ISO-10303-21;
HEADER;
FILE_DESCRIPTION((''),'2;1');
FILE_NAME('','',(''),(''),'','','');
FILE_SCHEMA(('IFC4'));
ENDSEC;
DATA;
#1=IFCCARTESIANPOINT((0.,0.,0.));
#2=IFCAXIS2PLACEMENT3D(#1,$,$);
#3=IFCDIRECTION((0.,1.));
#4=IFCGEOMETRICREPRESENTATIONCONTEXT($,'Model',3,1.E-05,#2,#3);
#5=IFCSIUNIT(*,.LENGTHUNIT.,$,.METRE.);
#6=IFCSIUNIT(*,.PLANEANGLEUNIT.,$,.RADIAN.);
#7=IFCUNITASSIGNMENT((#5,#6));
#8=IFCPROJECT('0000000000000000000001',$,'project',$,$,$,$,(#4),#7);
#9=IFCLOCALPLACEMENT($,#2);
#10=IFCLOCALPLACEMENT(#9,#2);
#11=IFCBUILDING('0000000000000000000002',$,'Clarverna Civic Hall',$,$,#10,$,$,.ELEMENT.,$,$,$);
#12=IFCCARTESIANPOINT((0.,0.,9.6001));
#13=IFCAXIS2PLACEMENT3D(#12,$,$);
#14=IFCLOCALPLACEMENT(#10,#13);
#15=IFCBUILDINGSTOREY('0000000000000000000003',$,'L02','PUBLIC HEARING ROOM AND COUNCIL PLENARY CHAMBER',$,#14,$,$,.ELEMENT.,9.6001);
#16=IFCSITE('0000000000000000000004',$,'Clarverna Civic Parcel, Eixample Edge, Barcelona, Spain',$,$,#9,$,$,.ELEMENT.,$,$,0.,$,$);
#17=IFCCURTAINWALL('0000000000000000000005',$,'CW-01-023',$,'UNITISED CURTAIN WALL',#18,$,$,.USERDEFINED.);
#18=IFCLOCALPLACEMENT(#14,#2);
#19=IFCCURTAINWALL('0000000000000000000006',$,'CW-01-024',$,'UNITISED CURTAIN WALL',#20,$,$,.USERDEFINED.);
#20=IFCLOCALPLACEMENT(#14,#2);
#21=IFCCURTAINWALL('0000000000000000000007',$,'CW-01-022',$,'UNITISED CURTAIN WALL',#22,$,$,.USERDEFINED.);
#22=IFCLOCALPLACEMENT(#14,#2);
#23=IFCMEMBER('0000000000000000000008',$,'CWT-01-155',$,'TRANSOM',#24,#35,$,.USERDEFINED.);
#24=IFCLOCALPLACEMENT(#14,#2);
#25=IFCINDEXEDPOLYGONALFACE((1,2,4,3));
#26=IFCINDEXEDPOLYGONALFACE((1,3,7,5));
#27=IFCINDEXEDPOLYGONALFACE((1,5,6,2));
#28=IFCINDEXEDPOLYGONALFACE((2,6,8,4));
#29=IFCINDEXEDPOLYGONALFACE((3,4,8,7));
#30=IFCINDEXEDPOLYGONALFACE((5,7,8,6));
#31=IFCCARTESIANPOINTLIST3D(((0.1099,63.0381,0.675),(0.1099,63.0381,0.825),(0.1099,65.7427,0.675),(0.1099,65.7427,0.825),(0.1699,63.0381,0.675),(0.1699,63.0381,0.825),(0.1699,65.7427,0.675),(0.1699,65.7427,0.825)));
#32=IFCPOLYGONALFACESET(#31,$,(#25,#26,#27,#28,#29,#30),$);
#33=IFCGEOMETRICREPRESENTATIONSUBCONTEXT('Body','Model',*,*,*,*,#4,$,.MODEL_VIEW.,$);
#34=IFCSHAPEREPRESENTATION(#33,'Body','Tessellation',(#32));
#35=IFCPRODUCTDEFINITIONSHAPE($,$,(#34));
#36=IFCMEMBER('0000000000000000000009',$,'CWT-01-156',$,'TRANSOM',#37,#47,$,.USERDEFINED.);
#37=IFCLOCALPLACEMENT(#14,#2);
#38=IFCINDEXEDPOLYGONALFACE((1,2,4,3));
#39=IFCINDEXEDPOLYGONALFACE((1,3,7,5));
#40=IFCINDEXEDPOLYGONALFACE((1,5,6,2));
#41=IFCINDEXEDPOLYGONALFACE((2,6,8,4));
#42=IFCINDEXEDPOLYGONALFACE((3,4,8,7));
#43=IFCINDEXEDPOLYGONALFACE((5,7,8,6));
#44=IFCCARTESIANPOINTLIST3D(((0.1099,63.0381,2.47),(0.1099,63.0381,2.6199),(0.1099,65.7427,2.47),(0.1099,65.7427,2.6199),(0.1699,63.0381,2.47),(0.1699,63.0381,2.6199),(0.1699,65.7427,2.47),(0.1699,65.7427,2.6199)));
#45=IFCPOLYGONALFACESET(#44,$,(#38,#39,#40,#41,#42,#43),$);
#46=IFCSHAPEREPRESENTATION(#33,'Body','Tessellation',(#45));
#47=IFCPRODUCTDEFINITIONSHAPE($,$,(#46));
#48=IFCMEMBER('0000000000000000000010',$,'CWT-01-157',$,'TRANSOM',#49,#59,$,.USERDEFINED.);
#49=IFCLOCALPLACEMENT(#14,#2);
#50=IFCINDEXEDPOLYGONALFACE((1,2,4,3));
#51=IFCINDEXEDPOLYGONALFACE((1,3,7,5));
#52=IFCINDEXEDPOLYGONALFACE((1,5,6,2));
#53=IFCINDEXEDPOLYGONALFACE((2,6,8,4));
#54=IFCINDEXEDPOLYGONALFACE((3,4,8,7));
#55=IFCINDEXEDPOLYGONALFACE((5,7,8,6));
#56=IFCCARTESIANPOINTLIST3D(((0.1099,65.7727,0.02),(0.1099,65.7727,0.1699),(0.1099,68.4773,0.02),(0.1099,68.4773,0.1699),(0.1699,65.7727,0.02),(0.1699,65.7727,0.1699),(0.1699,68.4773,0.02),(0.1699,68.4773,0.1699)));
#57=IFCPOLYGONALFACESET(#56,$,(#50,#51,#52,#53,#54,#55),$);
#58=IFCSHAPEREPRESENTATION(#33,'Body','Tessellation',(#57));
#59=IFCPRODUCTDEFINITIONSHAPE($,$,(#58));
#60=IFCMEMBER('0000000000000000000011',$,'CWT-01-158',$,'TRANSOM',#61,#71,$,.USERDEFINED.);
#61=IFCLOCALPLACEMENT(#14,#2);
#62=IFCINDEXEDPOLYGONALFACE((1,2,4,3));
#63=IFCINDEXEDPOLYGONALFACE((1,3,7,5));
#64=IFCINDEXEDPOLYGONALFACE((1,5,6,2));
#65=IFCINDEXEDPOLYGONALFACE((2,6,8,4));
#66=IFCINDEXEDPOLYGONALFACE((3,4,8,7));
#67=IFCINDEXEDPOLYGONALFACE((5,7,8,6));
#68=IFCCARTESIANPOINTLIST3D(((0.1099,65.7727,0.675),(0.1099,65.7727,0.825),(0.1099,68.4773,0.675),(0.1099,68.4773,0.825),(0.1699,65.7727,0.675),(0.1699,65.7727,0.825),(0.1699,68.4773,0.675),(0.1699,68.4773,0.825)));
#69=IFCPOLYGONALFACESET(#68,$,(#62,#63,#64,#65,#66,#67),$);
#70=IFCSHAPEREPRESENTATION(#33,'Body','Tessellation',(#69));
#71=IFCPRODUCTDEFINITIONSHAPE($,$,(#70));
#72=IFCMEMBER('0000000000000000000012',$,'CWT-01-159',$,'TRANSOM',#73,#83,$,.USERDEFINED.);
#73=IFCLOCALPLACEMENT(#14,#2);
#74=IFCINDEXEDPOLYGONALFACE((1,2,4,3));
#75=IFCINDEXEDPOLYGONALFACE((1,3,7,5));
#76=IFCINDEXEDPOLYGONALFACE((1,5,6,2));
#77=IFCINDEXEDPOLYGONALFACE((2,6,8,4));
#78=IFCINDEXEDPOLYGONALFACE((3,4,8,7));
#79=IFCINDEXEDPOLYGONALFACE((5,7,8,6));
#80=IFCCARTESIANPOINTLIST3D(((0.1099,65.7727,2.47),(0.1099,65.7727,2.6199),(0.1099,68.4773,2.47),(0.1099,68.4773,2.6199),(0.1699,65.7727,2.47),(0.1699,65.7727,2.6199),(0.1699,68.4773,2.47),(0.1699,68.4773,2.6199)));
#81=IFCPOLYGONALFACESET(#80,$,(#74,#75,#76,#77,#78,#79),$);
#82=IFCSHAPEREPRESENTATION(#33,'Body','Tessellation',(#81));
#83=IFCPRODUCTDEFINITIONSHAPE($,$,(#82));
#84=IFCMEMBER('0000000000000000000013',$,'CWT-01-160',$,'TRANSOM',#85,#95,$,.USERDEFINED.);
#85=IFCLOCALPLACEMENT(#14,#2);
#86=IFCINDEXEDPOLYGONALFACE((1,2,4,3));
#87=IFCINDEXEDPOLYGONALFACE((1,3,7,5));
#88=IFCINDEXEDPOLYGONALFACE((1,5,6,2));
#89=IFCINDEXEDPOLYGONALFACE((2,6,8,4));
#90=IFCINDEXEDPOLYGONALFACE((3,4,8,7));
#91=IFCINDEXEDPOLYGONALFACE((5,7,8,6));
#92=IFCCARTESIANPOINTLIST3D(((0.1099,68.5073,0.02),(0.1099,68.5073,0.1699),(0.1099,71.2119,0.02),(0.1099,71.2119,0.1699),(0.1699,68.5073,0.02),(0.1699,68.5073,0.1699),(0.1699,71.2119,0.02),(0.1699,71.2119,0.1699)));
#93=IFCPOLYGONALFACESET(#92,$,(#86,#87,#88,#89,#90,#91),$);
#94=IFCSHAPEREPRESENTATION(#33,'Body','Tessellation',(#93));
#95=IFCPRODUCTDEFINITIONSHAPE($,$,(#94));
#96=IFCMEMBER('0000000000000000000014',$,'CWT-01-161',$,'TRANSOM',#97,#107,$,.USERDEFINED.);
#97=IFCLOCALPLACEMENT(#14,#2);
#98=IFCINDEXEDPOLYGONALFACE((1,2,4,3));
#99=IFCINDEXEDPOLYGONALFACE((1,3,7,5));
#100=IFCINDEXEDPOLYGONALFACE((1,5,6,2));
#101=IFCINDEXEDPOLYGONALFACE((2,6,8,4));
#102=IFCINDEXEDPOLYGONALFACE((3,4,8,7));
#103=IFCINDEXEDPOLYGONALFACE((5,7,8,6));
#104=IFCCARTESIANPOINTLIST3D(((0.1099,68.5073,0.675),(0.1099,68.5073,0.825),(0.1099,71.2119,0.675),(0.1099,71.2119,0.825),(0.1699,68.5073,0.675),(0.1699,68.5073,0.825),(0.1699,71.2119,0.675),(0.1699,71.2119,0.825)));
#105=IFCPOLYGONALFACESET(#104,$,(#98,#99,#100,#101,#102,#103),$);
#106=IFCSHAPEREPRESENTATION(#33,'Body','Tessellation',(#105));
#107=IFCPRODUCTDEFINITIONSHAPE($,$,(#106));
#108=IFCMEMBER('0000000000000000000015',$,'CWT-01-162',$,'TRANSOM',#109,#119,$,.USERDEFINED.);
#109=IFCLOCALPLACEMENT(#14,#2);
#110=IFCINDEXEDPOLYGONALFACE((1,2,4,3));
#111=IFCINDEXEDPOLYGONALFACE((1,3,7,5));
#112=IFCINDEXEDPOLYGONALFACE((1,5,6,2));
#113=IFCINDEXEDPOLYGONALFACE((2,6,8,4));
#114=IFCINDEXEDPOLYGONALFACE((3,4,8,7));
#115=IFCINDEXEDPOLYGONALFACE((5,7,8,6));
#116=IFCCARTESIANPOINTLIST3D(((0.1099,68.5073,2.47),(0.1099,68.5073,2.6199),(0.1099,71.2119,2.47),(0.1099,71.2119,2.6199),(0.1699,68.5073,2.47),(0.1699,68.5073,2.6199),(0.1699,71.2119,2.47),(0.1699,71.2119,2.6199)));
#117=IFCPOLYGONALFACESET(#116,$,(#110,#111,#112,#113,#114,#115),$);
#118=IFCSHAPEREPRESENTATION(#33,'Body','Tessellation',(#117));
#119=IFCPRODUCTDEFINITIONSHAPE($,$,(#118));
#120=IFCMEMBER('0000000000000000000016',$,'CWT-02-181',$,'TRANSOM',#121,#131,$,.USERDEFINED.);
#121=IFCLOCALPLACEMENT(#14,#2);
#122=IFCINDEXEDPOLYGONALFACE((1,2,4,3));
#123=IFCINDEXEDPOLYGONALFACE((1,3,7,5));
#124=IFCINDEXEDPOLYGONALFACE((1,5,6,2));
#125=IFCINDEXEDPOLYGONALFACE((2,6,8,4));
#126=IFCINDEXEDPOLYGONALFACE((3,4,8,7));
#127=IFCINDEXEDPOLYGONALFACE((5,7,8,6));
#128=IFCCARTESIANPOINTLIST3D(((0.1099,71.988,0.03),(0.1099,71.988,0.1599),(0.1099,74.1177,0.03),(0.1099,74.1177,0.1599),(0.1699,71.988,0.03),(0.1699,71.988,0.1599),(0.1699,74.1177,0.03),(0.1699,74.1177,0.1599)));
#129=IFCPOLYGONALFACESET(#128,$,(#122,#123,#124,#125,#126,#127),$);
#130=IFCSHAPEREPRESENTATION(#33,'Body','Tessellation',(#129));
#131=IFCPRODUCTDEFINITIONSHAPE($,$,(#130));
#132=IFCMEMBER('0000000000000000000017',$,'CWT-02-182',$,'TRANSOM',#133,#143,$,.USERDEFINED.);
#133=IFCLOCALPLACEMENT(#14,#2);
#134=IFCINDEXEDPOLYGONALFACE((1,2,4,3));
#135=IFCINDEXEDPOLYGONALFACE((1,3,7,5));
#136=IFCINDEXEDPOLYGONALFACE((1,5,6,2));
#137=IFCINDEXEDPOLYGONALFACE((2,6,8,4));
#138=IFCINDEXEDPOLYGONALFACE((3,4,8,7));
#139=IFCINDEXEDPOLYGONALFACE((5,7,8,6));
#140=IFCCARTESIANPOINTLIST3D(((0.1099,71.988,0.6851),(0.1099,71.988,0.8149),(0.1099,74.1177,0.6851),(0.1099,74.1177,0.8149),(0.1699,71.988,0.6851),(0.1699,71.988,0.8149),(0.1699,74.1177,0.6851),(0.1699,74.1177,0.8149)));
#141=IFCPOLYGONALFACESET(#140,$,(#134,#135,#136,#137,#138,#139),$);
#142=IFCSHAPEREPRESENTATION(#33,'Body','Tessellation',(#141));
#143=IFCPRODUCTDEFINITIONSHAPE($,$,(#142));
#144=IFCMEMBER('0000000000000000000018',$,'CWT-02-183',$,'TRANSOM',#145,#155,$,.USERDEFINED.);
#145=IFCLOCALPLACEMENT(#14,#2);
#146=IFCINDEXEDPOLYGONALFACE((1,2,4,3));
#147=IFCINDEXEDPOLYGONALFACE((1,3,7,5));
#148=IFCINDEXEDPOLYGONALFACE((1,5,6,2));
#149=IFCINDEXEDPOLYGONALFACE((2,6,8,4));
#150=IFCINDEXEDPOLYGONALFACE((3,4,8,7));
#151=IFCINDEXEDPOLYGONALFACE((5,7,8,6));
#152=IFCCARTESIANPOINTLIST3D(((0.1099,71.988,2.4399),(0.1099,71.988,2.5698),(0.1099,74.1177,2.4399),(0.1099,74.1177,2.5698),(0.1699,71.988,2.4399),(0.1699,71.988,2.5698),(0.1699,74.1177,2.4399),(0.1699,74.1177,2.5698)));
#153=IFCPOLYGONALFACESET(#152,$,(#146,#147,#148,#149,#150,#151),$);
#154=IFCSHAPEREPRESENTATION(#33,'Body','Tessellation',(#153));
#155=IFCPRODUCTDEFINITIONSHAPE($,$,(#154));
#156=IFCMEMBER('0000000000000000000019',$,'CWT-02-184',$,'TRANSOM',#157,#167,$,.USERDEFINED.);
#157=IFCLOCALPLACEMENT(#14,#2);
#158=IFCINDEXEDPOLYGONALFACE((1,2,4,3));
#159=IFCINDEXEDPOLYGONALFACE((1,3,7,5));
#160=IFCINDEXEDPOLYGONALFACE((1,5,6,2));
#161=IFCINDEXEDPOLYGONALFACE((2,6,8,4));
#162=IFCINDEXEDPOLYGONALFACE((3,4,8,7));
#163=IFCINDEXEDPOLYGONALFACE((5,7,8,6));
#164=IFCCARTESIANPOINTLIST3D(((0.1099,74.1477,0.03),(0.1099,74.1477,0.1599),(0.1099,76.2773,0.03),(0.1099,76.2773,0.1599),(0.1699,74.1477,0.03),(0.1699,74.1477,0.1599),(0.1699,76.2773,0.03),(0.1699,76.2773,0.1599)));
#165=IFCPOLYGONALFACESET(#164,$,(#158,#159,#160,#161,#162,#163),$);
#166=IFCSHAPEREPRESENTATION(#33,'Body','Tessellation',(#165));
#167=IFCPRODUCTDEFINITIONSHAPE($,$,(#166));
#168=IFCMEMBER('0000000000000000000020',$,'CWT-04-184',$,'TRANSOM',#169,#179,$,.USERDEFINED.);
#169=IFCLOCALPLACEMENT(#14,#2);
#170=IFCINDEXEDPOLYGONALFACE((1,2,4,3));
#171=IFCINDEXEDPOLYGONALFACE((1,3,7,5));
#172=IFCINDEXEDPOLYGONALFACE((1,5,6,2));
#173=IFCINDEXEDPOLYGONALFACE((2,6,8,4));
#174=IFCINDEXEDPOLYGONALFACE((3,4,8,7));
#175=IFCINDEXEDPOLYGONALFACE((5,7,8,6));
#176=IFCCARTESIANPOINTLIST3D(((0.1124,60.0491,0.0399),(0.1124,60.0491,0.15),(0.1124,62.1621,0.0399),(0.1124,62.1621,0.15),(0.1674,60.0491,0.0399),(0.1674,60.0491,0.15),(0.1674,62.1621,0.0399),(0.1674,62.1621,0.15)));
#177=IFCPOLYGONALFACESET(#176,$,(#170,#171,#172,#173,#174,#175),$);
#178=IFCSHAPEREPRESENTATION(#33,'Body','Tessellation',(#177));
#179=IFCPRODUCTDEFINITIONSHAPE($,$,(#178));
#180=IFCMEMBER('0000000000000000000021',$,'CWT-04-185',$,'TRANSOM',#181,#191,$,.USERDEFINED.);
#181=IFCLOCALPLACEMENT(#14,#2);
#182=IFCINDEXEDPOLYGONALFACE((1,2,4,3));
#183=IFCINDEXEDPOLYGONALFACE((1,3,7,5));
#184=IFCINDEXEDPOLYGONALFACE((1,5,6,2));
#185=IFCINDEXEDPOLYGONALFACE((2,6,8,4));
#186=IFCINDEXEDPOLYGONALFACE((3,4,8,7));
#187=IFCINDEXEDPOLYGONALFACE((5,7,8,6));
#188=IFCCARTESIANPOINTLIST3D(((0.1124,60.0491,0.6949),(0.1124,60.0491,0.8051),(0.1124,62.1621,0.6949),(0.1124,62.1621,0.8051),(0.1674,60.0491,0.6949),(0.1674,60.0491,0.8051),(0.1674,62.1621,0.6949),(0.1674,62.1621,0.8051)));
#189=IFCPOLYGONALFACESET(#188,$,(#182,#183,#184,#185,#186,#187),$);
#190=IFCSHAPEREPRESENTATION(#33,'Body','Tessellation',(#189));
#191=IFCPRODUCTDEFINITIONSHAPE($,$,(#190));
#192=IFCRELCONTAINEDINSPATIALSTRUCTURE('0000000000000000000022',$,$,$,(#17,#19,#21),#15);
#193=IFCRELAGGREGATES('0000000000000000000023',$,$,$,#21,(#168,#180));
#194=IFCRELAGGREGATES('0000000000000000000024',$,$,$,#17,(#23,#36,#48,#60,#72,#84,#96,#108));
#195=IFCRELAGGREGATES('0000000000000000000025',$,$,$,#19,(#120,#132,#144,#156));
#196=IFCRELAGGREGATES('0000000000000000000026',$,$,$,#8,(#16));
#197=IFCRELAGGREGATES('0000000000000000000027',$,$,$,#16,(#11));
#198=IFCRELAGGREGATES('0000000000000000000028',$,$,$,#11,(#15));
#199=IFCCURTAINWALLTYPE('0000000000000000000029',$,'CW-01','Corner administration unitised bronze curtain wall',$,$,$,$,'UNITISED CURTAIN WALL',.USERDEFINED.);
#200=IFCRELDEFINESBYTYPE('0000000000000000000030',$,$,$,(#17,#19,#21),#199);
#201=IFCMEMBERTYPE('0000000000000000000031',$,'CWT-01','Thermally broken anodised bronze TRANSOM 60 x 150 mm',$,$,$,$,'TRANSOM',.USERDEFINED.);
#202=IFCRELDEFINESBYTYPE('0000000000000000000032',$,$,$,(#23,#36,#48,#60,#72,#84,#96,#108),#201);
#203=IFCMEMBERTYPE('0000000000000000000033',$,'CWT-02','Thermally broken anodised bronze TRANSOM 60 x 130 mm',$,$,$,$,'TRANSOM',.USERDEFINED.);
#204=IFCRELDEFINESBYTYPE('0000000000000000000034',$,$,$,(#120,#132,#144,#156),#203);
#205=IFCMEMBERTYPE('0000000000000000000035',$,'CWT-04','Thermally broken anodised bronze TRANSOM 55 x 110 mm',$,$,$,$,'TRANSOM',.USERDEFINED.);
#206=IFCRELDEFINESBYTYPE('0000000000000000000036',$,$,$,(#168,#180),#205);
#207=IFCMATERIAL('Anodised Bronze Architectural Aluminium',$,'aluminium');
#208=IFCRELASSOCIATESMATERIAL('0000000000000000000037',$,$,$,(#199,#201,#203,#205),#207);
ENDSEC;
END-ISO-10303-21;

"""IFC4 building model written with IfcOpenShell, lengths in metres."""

from ifc_helpers import new_model, si_unit, direction, frame, origin, origin_2d, place, context, subcontext, project, spatial, rectangle, extrude, material, material_profile, profile_set, type_object, element, aggregate, save


model = new_model("IFC4")

# Units and contexts
model_context = context("Model", 3, precision=1e-05, world=origin(), true_north=direction((0.0, 1.0)))
body_context = subcontext(model_context, "Body", "Model", "MODEL_VIEW")
ifc_project = project(units=[si_unit("LENGTHUNIT", "METRE"), si_unit("PLANEANGLEUNIT", "RADIAN")], contexts=[model_context])

# Site, building, storey
site_placement = place(None, origin())
site = spatial("IfcSite", under=ifc_project, at=site_placement, Name="Clarverna Civic Parcel, Eixample Edge, Barcelona, Spain", CompositionType="ELEMENT", RefElevation=0.0)
building_placement = place(site_placement, origin())
building = spatial("IfcBuilding", under=site, at=building_placement, Name="Clarverna Civic Hall", CompositionType="ELEMENT")
storey_placement = place(building_placement, frame((0.0, 0.0, 9.6001)))
storey = spatial("IfcBuildingStorey", under=building, at=storey_placement, Name="L02", Description="PUBLIC HEARING ROOM AND COUNCIL PLENARY CHAMBER", CompositionType="ELEMENT", Elevation=9.6001)

# Curtain walls
ifc_material_1 = material(Name="Anodised Bronze Architectural Aluminium", Category="aluminium")
curtain_wall_type = type_object("IfcCurtainWallType", Name="CW-01", Description="Corner administration unitised bronze curtain wall", ElementType="UNITISED CURTAIN WALL", PredefinedType="USERDEFINED", material=ifc_material_1)
curtain_wall_1_placement = place(storey_placement, origin())
curtain_wall_1 = element("IfcCurtainWall", 1, at=curtain_wall_1_placement, inside=storey, type_object=curtain_wall_type, Name="CW-01-023", ObjectType="UNITISED CURTAIN WALL", PredefinedType="USERDEFINED")
curtain_wall_2_placement = place(storey_placement, origin())
curtain_wall_2 = element("IfcCurtainWall", 2, at=curtain_wall_2_placement, inside=storey, type_object=curtain_wall_type, Name="CW-01-024", ObjectType="UNITISED CURTAIN WALL", PredefinedType="USERDEFINED")
curtain_wall_3_placement = place(storey_placement, origin())
curtain_wall_3 = element("IfcCurtainWall", 3, at=curtain_wall_3_placement, inside=storey, type_object=curtain_wall_type, Name="CW-01-022", ObjectType="UNITISED CURTAIN WALL", PredefinedType="USERDEFINED")

# Members
ifc_material_profile_1 = material_profile(ifc_material_1, rectangle(XDim=0.0601, YDim=0.1499, at=origin_2d()), Name="BRONZE 60x150")
ifc_profile_set_1 = profile_set([ifc_material_profile_1], Name="Anodised Bronze Architectural Aluminium")
member_type_1 = type_object("IfcMemberType", Name="CWT-01", Description="Thermally broken anodised bronze TRANSOM 60 x 150 mm", ElementType="TRANSOM", PredefinedType="USERDEFINED", material=ifc_profile_set_1)
member_1_placement = place(storey_placement, frame((0.1399, 63.0381, 0.75), z_axis=(0.0, 1.0, 0.0), x_axis=(-1.0, 0.0, 0.0)))
member_1 = element("IfcMember", 4, at=member_1_placement, type_object=member_type_1, Name="CWT-01-155", ObjectType="TRANSOM", PredefinedType="USERDEFINED", context=body_context, shape_type="SweptSolid", body=[
    extrude(rectangle(XDim=0.0601, YDim=0.1499, at=origin_2d()), origin(), (0.0, 0.0, 1.0), 2.7046),
])
member_2_placement = place(storey_placement, frame((0.1399, 63.0381, 2.5449), z_axis=(0.0, 1.0, 0.0), x_axis=(-1.0, 0.0, 0.0)))
member_2 = element("IfcMember", 5, at=member_2_placement, type_object=member_type_1, Name="CWT-01-156", ObjectType="TRANSOM", PredefinedType="USERDEFINED", context=body_context, shape_type="SweptSolid", body=[
    extrude(rectangle(XDim=0.0601, YDim=0.1499, at=origin_2d()), origin(), (0.0, 0.0, 1.0), 2.7046),
])
member_3_placement = place(storey_placement, frame((0.1399, 65.7727, 0.095), z_axis=(0.0, 1.0, 0.0), x_axis=(-1.0, 0.0, 0.0)))
member_3 = element("IfcMember", 6, at=member_3_placement, type_object=member_type_1, Name="CWT-01-157", ObjectType="TRANSOM", PredefinedType="USERDEFINED", context=body_context, shape_type="SweptSolid", body=[
    extrude(rectangle(XDim=0.0601, YDim=0.1499, at=origin_2d()), origin(), (0.0, 0.0, 1.0), 2.7046),
])
member_4_placement = place(storey_placement, frame((0.1399, 65.7727, 0.75), z_axis=(0.0, 1.0, 0.0), x_axis=(-1.0, 0.0, 0.0)))
member_4 = element("IfcMember", 7, at=member_4_placement, type_object=member_type_1, Name="CWT-01-158", ObjectType="TRANSOM", PredefinedType="USERDEFINED", context=body_context, shape_type="SweptSolid", body=[
    extrude(rectangle(XDim=0.0601, YDim=0.1499, at=origin_2d()), origin(), (0.0, 0.0, 1.0), 2.7046),
])
member_5_placement = place(storey_placement, frame((0.1399, 65.7727, 2.5449), z_axis=(0.0, 1.0, 0.0), x_axis=(-1.0, 0.0, 0.0)))
member_5 = element("IfcMember", 8, at=member_5_placement, type_object=member_type_1, Name="CWT-01-159", ObjectType="TRANSOM", PredefinedType="USERDEFINED", context=body_context, shape_type="SweptSolid", body=[
    extrude(rectangle(XDim=0.0601, YDim=0.1499, at=origin_2d()), origin(), (0.0, 0.0, 1.0), 2.7046),
])
member_6_placement = place(storey_placement, frame((0.1399, 68.5073, 0.095), z_axis=(0.0, 1.0, 0.0), x_axis=(-1.0, 0.0, 0.0)))
member_6 = element("IfcMember", 9, at=member_6_placement, type_object=member_type_1, Name="CWT-01-160", ObjectType="TRANSOM", PredefinedType="USERDEFINED", context=body_context, shape_type="SweptSolid", body=[
    extrude(rectangle(XDim=0.0601, YDim=0.1499, at=origin_2d()), origin(), (0.0, 0.0, 1.0), 2.7046),
])
member_7_placement = place(storey_placement, frame((0.1399, 68.5073, 0.75), z_axis=(0.0, 1.0, 0.0), x_axis=(-1.0, 0.0, 0.0)))
member_7 = element("IfcMember", 10, at=member_7_placement, type_object=member_type_1, Name="CWT-01-161", ObjectType="TRANSOM", PredefinedType="USERDEFINED", context=body_context, shape_type="SweptSolid", body=[
    extrude(rectangle(XDim=0.0601, YDim=0.1499, at=origin_2d()), origin(), (0.0, 0.0, 1.0), 2.7046),
])
member_8_placement = place(storey_placement, frame((0.1399, 68.5073, 2.5449), z_axis=(0.0, 1.0, 0.0), x_axis=(-1.0, 0.0, 0.0)))
member_8 = element("IfcMember", 11, at=member_8_placement, type_object=member_type_1, Name="CWT-01-162", ObjectType="TRANSOM", PredefinedType="USERDEFINED", context=body_context, shape_type="SweptSolid", body=[
    extrude(rectangle(XDim=0.0601, YDim=0.1499, at=origin_2d()), origin(), (0.0, 0.0, 1.0), 2.7046),
])
ifc_material_profile_2 = material_profile(ifc_material_1, rectangle(XDim=0.0601, YDim=0.1299, at=origin_2d()), Name="BRONZE 60x130")
ifc_profile_set_2 = profile_set([ifc_material_profile_2], Name="Anodised Bronze Architectural Aluminium")
member_type_2 = type_object("IfcMemberType", Name="CWT-02", Description="Thermally broken anodised bronze TRANSOM 60 x 130 mm", ElementType="TRANSOM", PredefinedType="USERDEFINED", material=ifc_profile_set_2)
member_9_placement = place(storey_placement, frame((0.1399, 71.988, 0.095), z_axis=(0.0, 1.0, 0.0), x_axis=(-1.0, 0.0, 0.0)))
member_9 = element("IfcMember", 12, at=member_9_placement, type_object=member_type_2, Name="CWT-02-181", ObjectType="TRANSOM", PredefinedType="USERDEFINED", context=body_context, shape_type="SweptSolid", body=[
    extrude(rectangle(XDim=0.0601, YDim=0.1299, at=origin_2d()), origin(), (0.0, 0.0, 1.0), 2.1296),
])
member_10_placement = place(storey_placement, frame((0.1399, 71.988, 0.75), z_axis=(0.0, 1.0, 0.0), x_axis=(-1.0, 0.0, 0.0)))
member_10 = element("IfcMember", 13, at=member_10_placement, type_object=member_type_2, Name="CWT-02-182", ObjectType="TRANSOM", PredefinedType="USERDEFINED", context=body_context, shape_type="SweptSolid", body=[
    extrude(rectangle(XDim=0.0601, YDim=0.1299, at=origin_2d()), origin(), (0.0, 0.0, 1.0), 2.1296),
])
member_11_placement = place(storey_placement, frame((0.1399, 71.988, 2.5049), z_axis=(0.0, 1.0, 0.0), x_axis=(-1.0, 0.0, 0.0)))
member_11 = element("IfcMember", 14, at=member_11_placement, type_object=member_type_2, Name="CWT-02-183", ObjectType="TRANSOM", PredefinedType="USERDEFINED", context=body_context, shape_type="SweptSolid", body=[
    extrude(rectangle(XDim=0.0601, YDim=0.1299, at=origin_2d()), origin(), (0.0, 0.0, 1.0), 2.1296),
])
member_12_placement = place(storey_placement, frame((0.1399, 74.1477, 0.095), z_axis=(0.0, 1.0, 0.0), x_axis=(-1.0, 0.0, 0.0)))
member_12 = element("IfcMember", 15, at=member_12_placement, type_object=member_type_2, Name="CWT-02-184", ObjectType="TRANSOM", PredefinedType="USERDEFINED", context=body_context, shape_type="SweptSolid", body=[
    extrude(rectangle(XDim=0.0601, YDim=0.1299, at=origin_2d()), origin(), (0.0, 0.0, 1.0), 2.1296),
])
ifc_material_profile_3 = material_profile(ifc_material_1, rectangle(XDim=0.0549, YDim=0.1101, at=origin_2d()), Name="BRONZE 55x110")
ifc_profile_set_3 = profile_set([ifc_material_profile_3], Name="Anodised Bronze Architectural Aluminium")
member_type_3 = type_object("IfcMemberType", Name="CWT-04", Description="Thermally broken anodised bronze TRANSOM 55 x 110 mm", ElementType="TRANSOM", PredefinedType="USERDEFINED", material=ifc_profile_set_3)
member_13_placement = place(storey_placement, frame((0.1399, 60.0491, 0.095), z_axis=(0.0, 1.0, 0.0), x_axis=(-1.0, 0.0, 0.0)))
member_13 = element("IfcMember", 16, at=member_13_placement, type_object=member_type_3, Name="CWT-04-184", ObjectType="TRANSOM", PredefinedType="USERDEFINED", context=body_context, shape_type="SweptSolid", body=[
    extrude(rectangle(XDim=0.0549, YDim=0.1101, at=origin_2d()), origin(), (0.0, 0.0, 1.0), 2.113),
])
member_14_placement = place(storey_placement, frame((0.1399, 60.0491, 0.75), z_axis=(0.0, 1.0, 0.0), x_axis=(-1.0, 0.0, 0.0)))
member_14 = element("IfcMember", 17, at=member_14_placement, type_object=member_type_3, Name="CWT-04-185", ObjectType="TRANSOM", PredefinedType="USERDEFINED", context=body_context, shape_type="SweptSolid", body=[
    extrude(rectangle(XDim=0.0549, YDim=0.1101, at=origin_2d()), origin(), (0.0, 0.0, 1.0), 2.113),
])

aggregate(curtain_wall_3, [member_13, member_14])
aggregate(curtain_wall_1, [member_1, member_2, member_3, member_4, member_5, member_6, member_7, member_8])
aggregate(curtain_wall_2, [member_9, member_10, member_11, member_12])

save(model, "model.ifc")
